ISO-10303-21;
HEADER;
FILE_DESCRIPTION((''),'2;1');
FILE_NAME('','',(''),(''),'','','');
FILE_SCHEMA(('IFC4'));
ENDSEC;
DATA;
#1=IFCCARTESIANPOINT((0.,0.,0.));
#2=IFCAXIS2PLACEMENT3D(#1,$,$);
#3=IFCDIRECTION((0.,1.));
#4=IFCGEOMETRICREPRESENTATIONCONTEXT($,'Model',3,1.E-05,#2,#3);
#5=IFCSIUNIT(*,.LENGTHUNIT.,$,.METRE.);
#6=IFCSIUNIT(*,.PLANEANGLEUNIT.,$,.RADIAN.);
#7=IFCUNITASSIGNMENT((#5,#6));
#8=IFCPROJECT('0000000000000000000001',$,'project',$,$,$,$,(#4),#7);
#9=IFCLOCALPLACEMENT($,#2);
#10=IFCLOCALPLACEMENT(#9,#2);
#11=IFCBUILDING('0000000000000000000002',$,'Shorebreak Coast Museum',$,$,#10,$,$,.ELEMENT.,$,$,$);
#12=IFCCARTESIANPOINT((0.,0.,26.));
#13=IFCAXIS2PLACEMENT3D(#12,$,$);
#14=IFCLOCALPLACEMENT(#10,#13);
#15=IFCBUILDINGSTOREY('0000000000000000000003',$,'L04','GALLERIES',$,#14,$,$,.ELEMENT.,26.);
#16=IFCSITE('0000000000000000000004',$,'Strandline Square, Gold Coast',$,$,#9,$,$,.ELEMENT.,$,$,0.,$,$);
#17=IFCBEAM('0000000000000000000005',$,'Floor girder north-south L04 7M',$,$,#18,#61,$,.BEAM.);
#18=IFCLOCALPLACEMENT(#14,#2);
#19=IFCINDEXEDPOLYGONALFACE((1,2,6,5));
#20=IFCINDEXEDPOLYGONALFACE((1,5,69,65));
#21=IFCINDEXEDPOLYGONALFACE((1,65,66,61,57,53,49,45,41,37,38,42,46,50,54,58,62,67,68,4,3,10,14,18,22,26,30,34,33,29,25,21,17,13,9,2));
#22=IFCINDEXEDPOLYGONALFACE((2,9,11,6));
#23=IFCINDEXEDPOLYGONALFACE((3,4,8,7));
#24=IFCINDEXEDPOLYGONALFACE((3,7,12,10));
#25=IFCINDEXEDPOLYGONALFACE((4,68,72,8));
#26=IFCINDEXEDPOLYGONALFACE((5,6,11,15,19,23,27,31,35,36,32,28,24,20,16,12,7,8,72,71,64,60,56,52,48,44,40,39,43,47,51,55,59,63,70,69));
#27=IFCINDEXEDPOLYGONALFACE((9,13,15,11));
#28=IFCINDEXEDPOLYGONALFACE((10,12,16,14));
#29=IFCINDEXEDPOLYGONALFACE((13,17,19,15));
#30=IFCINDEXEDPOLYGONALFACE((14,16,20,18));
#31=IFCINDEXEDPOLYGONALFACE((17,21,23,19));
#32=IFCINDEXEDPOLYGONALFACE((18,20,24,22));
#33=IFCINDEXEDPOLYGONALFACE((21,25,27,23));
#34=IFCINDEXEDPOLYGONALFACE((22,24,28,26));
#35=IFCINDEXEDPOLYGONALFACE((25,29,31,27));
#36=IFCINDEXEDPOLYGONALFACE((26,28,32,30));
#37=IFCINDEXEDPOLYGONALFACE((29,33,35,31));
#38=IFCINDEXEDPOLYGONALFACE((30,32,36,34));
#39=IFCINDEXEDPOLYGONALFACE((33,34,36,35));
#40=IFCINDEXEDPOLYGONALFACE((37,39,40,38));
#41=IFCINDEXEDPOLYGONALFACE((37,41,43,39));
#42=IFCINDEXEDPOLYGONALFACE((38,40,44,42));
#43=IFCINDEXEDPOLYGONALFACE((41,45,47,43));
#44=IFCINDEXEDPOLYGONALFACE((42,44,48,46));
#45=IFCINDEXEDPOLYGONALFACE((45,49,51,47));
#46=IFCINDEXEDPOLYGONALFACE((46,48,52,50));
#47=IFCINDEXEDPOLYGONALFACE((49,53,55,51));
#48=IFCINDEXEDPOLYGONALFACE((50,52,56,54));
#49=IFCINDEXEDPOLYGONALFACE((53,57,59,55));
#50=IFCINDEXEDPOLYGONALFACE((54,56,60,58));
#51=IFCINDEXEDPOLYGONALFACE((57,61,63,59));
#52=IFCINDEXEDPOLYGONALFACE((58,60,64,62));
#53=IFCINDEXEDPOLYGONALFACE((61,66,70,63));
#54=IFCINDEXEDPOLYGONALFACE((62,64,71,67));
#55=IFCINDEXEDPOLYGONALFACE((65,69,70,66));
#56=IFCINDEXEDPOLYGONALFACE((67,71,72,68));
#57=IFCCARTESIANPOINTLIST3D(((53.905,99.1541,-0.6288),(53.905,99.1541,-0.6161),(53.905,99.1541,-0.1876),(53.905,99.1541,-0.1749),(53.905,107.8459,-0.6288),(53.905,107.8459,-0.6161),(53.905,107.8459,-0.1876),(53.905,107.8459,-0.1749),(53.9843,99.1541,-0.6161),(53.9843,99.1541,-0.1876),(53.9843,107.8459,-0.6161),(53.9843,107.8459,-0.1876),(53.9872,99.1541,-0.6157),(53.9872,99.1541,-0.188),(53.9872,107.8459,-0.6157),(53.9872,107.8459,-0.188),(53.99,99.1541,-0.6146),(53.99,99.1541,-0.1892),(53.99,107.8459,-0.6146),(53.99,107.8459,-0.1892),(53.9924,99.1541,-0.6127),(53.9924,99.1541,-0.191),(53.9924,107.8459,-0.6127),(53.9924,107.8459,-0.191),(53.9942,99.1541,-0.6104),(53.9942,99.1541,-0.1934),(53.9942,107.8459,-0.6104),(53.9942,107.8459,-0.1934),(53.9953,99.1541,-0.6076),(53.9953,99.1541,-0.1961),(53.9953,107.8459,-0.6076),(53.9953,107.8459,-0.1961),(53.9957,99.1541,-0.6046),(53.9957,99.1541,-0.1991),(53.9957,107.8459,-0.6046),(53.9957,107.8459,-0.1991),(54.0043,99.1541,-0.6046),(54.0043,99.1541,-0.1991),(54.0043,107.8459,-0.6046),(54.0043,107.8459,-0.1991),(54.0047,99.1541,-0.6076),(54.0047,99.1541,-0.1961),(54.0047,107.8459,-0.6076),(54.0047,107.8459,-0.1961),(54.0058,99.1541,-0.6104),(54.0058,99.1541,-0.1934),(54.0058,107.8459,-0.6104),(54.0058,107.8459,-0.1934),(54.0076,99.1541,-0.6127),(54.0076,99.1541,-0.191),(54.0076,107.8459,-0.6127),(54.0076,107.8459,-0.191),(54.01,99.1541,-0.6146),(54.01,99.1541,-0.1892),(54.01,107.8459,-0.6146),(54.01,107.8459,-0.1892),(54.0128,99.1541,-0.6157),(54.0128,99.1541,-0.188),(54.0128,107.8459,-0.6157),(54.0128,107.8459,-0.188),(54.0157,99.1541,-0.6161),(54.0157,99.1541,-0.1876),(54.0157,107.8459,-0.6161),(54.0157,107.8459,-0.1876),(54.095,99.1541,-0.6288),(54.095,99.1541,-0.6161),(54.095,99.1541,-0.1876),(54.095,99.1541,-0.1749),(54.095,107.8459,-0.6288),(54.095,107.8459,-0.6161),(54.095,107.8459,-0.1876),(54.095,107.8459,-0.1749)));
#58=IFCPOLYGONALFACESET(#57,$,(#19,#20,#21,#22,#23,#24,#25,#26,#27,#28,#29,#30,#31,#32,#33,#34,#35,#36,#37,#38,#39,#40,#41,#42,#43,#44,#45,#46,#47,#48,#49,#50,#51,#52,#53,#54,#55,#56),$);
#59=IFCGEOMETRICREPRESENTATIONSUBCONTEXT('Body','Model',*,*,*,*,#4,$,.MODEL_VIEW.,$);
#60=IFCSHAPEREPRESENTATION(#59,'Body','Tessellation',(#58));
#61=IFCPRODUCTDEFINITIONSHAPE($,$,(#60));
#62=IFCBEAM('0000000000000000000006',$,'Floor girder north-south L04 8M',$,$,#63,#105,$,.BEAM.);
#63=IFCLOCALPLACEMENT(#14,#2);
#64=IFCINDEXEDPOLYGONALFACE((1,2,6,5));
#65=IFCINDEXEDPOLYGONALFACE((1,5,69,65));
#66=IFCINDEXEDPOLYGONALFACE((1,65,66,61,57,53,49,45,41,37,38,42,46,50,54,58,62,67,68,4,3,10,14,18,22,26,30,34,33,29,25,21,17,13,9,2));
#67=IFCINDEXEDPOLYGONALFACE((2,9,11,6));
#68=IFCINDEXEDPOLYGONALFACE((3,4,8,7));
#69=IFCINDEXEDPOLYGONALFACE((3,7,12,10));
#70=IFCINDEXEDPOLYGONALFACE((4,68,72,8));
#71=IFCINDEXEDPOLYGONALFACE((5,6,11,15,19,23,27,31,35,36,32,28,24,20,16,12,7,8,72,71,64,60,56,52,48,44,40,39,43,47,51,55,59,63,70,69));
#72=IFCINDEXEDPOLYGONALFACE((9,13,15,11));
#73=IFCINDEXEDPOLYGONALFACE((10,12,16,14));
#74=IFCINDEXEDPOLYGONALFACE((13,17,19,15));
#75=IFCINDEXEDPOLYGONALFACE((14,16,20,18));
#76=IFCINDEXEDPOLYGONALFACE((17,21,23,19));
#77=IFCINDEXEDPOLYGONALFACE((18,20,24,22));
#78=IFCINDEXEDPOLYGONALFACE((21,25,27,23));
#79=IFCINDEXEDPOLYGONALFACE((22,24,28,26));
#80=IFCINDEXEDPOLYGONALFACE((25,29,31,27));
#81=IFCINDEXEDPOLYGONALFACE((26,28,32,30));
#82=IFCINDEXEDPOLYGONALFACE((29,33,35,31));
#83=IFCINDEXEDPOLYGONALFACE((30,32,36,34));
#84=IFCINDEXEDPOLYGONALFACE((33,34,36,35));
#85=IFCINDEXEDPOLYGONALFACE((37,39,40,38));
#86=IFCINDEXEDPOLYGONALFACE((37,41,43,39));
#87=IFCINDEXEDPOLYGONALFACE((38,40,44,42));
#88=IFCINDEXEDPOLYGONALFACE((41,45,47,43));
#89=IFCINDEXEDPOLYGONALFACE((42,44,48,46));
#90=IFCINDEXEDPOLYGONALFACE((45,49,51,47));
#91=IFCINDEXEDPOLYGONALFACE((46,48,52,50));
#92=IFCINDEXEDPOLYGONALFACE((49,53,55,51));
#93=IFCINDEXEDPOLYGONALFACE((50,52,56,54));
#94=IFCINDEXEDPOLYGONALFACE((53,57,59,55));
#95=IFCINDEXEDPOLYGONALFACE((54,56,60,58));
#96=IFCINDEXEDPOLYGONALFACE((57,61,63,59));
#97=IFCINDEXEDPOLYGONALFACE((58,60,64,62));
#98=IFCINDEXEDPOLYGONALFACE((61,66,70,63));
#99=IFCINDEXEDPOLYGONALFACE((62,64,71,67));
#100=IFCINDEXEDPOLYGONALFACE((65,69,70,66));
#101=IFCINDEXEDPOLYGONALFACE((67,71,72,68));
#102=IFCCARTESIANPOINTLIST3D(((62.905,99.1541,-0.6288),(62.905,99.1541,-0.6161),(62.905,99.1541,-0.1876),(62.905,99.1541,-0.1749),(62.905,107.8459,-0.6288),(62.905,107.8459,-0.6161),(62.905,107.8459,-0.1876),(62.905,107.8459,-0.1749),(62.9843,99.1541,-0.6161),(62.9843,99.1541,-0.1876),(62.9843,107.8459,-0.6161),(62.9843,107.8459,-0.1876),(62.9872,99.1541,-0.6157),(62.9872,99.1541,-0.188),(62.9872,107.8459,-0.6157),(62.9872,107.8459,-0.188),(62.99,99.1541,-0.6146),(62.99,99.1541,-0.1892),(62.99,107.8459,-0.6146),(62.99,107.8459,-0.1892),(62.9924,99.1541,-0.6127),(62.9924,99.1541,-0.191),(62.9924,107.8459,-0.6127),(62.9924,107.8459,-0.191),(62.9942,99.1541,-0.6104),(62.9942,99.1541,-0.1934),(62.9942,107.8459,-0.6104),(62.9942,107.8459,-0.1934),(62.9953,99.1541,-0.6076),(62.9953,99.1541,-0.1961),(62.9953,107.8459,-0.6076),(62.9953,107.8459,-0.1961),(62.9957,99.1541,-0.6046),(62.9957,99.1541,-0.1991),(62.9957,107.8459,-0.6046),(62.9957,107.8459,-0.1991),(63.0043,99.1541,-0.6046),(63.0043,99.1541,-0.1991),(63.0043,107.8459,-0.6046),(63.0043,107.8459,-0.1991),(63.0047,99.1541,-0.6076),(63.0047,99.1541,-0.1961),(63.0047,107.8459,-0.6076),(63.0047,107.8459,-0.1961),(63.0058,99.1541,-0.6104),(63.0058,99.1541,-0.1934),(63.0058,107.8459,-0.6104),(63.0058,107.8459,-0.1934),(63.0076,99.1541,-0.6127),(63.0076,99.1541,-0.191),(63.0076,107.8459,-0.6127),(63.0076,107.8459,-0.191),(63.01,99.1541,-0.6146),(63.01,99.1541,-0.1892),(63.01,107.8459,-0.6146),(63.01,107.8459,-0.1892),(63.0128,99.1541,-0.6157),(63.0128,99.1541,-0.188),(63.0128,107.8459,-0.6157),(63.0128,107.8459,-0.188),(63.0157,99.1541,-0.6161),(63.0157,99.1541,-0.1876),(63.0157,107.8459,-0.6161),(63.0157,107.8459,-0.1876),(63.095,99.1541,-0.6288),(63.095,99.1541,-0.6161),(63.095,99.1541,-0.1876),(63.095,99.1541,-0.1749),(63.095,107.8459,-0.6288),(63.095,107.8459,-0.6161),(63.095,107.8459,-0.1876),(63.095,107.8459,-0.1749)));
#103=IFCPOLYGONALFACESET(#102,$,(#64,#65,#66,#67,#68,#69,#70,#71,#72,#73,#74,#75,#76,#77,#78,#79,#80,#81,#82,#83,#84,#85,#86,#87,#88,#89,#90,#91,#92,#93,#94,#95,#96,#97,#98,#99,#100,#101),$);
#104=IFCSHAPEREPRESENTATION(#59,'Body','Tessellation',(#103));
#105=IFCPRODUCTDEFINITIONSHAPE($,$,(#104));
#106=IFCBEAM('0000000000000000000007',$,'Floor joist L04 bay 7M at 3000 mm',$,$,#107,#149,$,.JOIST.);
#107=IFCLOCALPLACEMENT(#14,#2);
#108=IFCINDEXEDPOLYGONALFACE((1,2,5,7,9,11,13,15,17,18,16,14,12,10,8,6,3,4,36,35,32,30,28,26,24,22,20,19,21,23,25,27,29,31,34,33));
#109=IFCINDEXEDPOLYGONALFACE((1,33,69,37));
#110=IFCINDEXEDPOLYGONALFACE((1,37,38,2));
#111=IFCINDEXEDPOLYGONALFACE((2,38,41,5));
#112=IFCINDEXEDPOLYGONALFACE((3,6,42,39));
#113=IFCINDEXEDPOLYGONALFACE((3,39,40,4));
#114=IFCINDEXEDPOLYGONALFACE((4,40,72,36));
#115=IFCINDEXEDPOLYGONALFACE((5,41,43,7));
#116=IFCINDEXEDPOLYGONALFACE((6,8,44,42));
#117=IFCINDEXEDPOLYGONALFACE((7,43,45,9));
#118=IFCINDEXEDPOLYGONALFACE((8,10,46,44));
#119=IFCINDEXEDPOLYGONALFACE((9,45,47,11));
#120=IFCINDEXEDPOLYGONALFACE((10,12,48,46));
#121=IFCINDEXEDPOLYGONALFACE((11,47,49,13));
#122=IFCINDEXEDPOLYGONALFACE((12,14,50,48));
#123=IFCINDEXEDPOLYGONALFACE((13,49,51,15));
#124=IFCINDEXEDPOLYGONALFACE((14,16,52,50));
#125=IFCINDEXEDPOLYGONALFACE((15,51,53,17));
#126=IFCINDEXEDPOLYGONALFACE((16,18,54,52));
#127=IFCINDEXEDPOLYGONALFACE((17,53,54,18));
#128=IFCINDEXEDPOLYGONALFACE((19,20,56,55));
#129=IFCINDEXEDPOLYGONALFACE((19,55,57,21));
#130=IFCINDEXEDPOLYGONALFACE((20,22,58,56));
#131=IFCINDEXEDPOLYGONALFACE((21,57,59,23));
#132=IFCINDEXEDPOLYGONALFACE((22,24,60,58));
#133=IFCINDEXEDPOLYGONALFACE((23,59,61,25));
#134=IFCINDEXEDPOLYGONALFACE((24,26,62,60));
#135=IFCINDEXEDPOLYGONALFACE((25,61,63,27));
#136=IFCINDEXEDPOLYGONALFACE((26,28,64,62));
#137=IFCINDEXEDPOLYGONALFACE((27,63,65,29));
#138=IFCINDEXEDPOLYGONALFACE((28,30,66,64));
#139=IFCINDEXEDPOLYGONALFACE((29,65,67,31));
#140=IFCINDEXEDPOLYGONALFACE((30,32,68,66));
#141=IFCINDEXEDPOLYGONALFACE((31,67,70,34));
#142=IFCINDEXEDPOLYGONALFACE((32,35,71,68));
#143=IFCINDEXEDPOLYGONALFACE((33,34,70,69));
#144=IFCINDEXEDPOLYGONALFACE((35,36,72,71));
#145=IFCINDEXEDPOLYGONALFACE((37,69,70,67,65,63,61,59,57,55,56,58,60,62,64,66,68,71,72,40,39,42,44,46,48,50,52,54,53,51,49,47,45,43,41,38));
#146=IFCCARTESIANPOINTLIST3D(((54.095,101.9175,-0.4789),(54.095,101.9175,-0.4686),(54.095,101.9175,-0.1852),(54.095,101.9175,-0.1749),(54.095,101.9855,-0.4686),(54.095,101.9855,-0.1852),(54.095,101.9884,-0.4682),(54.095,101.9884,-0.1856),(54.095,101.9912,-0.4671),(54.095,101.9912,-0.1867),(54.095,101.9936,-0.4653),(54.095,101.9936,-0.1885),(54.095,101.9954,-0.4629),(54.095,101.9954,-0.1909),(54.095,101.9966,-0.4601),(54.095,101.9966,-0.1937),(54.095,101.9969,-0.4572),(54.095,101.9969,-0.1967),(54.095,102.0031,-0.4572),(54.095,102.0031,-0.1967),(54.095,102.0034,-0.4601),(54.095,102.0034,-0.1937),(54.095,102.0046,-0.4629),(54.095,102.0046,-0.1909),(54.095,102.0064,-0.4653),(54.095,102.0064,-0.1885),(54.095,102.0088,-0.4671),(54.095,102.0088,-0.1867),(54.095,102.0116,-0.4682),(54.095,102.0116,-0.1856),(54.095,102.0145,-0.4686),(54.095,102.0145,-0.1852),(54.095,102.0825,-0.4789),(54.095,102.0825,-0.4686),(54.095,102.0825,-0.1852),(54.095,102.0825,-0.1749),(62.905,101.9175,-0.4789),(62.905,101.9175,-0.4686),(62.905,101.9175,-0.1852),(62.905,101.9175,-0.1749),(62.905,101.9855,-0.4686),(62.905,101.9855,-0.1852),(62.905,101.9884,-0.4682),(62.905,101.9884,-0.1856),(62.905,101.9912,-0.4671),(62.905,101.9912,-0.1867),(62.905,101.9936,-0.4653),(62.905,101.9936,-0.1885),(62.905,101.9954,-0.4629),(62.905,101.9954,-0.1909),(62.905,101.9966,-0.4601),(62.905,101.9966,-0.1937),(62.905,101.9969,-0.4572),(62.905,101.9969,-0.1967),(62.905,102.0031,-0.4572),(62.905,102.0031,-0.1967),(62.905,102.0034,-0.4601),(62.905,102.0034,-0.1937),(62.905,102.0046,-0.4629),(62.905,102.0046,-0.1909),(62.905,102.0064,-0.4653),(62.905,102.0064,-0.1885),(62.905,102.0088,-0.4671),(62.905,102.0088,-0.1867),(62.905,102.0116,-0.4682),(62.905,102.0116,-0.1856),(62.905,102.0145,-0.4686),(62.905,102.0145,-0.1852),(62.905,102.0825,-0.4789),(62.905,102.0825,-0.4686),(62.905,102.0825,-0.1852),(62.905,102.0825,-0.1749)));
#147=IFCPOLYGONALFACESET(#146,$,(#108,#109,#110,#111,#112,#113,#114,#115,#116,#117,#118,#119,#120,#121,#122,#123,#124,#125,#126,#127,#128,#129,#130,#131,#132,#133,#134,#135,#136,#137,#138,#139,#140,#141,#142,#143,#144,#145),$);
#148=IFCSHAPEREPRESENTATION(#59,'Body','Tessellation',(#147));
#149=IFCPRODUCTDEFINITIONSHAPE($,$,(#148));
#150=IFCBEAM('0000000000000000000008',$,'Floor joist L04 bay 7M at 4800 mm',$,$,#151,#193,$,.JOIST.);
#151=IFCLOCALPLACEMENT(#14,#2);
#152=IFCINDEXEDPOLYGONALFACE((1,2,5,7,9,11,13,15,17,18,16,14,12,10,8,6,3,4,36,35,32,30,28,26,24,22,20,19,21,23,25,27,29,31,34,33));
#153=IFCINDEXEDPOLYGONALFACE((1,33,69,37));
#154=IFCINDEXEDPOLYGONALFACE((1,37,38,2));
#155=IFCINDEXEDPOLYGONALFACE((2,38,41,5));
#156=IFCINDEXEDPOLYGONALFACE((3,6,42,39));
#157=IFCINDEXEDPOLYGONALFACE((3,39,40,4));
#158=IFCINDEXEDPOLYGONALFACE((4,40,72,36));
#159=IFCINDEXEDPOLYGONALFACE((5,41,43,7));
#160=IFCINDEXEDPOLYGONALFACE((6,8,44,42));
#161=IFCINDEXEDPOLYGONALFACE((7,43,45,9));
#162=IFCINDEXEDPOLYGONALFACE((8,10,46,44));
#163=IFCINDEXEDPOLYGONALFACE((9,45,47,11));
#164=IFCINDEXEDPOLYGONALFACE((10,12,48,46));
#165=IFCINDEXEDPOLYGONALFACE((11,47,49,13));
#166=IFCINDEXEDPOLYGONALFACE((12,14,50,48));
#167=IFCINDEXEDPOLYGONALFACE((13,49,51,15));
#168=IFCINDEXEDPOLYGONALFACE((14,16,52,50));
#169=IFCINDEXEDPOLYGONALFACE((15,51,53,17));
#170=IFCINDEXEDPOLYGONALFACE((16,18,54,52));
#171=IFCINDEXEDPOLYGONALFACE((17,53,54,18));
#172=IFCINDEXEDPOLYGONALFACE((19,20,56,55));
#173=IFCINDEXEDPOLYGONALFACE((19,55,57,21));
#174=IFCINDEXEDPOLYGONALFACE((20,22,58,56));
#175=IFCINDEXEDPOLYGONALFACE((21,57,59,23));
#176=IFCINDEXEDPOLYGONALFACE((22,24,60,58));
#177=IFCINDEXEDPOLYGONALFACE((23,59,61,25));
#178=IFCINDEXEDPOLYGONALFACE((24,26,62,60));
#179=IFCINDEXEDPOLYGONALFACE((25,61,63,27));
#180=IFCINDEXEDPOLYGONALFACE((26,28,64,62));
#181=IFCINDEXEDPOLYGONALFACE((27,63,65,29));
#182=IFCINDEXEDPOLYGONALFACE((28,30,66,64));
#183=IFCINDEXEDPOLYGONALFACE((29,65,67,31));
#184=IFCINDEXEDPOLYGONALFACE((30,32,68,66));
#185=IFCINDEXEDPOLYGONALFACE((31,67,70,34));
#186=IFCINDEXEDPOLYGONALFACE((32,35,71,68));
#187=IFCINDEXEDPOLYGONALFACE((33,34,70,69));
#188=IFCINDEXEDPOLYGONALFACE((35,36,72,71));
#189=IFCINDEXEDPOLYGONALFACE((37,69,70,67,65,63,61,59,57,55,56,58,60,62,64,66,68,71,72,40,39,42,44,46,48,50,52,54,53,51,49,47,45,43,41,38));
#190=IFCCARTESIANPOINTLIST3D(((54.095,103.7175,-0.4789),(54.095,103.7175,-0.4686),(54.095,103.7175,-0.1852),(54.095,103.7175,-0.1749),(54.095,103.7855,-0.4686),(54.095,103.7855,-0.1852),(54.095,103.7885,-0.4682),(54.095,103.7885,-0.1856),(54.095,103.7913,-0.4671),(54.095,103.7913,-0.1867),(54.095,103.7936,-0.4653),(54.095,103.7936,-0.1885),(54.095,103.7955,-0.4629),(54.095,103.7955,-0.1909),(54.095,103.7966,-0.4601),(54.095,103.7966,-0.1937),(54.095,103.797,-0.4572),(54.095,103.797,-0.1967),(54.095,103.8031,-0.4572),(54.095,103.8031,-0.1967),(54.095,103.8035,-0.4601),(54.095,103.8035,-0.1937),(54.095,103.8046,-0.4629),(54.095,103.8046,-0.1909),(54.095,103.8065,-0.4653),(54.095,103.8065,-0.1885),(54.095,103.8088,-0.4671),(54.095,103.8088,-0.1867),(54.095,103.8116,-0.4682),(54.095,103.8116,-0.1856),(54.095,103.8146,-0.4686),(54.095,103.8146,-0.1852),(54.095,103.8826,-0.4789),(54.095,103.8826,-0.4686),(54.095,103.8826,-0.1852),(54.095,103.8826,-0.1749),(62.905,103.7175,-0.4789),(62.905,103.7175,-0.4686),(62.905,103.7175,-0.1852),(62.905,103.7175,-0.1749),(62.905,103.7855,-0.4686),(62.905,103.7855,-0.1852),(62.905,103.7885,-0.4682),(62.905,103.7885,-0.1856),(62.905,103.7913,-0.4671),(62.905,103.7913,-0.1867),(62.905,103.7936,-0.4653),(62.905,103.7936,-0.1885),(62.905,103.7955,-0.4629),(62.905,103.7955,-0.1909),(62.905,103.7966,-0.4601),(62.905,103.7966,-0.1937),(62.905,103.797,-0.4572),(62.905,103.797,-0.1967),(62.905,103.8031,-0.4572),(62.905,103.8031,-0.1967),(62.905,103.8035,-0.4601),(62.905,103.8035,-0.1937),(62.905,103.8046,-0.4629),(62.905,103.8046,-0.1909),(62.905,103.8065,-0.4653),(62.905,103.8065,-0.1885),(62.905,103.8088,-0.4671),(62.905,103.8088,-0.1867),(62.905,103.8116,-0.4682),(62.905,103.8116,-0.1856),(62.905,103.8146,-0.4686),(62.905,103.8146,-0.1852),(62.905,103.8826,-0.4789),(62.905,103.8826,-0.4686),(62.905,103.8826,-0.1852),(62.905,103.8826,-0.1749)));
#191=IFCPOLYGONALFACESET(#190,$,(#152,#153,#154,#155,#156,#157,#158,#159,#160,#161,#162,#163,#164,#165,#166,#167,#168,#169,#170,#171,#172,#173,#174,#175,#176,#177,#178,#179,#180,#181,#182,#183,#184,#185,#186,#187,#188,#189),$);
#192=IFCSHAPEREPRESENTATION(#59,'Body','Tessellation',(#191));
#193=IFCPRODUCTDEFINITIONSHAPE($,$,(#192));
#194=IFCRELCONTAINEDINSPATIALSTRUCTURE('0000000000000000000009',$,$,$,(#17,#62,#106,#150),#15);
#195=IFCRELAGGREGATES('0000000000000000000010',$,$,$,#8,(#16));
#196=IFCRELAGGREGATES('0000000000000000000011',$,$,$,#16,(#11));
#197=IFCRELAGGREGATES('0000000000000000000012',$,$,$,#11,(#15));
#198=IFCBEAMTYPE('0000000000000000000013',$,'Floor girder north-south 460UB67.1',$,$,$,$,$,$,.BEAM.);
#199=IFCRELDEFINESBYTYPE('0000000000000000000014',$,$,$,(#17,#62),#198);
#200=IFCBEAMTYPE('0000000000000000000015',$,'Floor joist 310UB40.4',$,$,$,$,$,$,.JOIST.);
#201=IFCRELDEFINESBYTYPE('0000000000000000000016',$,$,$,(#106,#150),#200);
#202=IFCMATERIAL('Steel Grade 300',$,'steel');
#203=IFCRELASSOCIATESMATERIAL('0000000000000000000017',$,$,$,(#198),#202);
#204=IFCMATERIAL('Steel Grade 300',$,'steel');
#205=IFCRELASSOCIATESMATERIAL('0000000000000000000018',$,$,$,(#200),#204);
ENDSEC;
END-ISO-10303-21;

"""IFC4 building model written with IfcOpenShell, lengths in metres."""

from ifc_helpers import new_model, si_unit, direction, frame, origin, origin_2d, place, context, subcontext, project, spatial, i_section, extrude, material, material_profile, profile_set, type_object, element, save


model = new_model("IFC4")

# Units and contexts
model_context = context("Model", 3, precision=1e-05, world=origin(), true_north=direction((0.0, 1.0)))
body_context = subcontext(model_context, "Body", "Model", "MODEL_VIEW")
ifc_project = project(units=[si_unit("LENGTHUNIT", "METRE"), si_unit("PLANEANGLEUNIT", "RADIAN")], contexts=[model_context])

# Site, building, storey
site_placement = place(None, origin())
site = spatial("IfcSite", under=ifc_project, at=site_placement, Name="Strandline Square, Gold Coast", CompositionType="ELEMENT", RefElevation=0.0)
building_placement = place(site_placement, origin())
building = spatial("IfcBuilding", under=site, at=building_placement, Name="Shorebreak Coast Museum", CompositionType="ELEMENT")
storey_placement = place(building_placement, frame((0.0, 0.0, 26.0)))
storey = spatial("IfcBuildingStorey", under=building, at=storey_placement, Name="L04", Description="GALLERIES", CompositionType="ELEMENT", Elevation=26.0)

# Beams
ifc_material_1 = material(Name="Steel Grade 300", Category="steel")
ifc_material_profile_1 = material_profile(ifc_material_1, i_section(OverallWidth=0.1899, OverallDepth=0.4539, WebThickness=0.0085, FlangeThickness=0.0127, FilletRadius=0.0115, at=origin_2d()), Name="460UB67.1")
ifc_profile_set_1 = profile_set([ifc_material_profile_1], Name="Steel Grade 300")
beam_type_1 = type_object("IfcBeamType", Name="Floor girder north-south 460UB67.1", PredefinedType="BEAM", material=ifc_profile_set_1)
for number, where, z_axis, x_axis, name in (
    (1, (54.0, 99.1541, -0.4019), (0.0, 1.0, 0.0), (-1.0, 0.0, 0.0), "Floor girder north-south L04 7M"),
    (2, (63.0, 99.1541, -0.4019), (0.0, 1.0, 0.0), (-1.0, 0.0, 0.0), "Floor girder north-south L04 8M"),
):
    element("IfcBeam", number, at=place(storey_placement, frame(where, z_axis=z_axis, x_axis=x_axis)), inside=storey, type_object=beam_type_1, Name=name, PredefinedType="BEAM", context=body_context, shape_type="SweptSolid", body=[
        extrude(i_section(OverallWidth=0.1899, OverallDepth=0.4539, WebThickness=0.0085, FlangeThickness=0.0127, FilletRadius=0.0115, at=origin_2d()), origin(), (0.0, 0.0, 1.0), 8.6919),
    ])
ifc_material_2 = material(Name="Steel Grade 300", Category="steel")
ifc_material_profile_2 = material_profile(ifc_material_2, i_section(OverallWidth=0.165, OverallDepth=0.304, WebThickness=0.0061, FlangeThickness=0.0103, FilletRadius=0.0115, at=origin_2d()), Name="310UB40.4")
ifc_profile_set_2 = profile_set([ifc_material_profile_2], Name="Steel Grade 300")
beam_type_2 = type_object("IfcBeamType", Name="Floor joist 310UB40.4", PredefinedType="JOIST", material=ifc_profile_set_2)
for number, where, z_axis, x_axis, name in (
    (3, (54.095, 102.0, -0.3269), (1.0, 0.0, 0.0), (0.0, 1.0, 0.0), "Floor joist L04 bay 7M at 3000 mm"),
    (4, (54.095, 103.8, -0.3269), (1.0, 0.0, 0.0), (0.0, 1.0, 0.0), "Floor joist L04 bay 7M at 4800 mm"),
):
    element("IfcBeam", number, at=place(storey_placement, frame(where, z_axis=z_axis, x_axis=x_axis)), inside=storey, type_object=beam_type_2, Name=name, PredefinedType="JOIST", context=body_context, shape_type="SweptSolid", body=[
        extrude(i_section(OverallWidth=0.165, OverallDepth=0.304, WebThickness=0.0061, FlangeThickness=0.0103, FilletRadius=0.0115, at=origin_2d()), origin(), (0.0, 0.0, 1.0), 8.8101),
    ])

save(model, "model.ifc")
